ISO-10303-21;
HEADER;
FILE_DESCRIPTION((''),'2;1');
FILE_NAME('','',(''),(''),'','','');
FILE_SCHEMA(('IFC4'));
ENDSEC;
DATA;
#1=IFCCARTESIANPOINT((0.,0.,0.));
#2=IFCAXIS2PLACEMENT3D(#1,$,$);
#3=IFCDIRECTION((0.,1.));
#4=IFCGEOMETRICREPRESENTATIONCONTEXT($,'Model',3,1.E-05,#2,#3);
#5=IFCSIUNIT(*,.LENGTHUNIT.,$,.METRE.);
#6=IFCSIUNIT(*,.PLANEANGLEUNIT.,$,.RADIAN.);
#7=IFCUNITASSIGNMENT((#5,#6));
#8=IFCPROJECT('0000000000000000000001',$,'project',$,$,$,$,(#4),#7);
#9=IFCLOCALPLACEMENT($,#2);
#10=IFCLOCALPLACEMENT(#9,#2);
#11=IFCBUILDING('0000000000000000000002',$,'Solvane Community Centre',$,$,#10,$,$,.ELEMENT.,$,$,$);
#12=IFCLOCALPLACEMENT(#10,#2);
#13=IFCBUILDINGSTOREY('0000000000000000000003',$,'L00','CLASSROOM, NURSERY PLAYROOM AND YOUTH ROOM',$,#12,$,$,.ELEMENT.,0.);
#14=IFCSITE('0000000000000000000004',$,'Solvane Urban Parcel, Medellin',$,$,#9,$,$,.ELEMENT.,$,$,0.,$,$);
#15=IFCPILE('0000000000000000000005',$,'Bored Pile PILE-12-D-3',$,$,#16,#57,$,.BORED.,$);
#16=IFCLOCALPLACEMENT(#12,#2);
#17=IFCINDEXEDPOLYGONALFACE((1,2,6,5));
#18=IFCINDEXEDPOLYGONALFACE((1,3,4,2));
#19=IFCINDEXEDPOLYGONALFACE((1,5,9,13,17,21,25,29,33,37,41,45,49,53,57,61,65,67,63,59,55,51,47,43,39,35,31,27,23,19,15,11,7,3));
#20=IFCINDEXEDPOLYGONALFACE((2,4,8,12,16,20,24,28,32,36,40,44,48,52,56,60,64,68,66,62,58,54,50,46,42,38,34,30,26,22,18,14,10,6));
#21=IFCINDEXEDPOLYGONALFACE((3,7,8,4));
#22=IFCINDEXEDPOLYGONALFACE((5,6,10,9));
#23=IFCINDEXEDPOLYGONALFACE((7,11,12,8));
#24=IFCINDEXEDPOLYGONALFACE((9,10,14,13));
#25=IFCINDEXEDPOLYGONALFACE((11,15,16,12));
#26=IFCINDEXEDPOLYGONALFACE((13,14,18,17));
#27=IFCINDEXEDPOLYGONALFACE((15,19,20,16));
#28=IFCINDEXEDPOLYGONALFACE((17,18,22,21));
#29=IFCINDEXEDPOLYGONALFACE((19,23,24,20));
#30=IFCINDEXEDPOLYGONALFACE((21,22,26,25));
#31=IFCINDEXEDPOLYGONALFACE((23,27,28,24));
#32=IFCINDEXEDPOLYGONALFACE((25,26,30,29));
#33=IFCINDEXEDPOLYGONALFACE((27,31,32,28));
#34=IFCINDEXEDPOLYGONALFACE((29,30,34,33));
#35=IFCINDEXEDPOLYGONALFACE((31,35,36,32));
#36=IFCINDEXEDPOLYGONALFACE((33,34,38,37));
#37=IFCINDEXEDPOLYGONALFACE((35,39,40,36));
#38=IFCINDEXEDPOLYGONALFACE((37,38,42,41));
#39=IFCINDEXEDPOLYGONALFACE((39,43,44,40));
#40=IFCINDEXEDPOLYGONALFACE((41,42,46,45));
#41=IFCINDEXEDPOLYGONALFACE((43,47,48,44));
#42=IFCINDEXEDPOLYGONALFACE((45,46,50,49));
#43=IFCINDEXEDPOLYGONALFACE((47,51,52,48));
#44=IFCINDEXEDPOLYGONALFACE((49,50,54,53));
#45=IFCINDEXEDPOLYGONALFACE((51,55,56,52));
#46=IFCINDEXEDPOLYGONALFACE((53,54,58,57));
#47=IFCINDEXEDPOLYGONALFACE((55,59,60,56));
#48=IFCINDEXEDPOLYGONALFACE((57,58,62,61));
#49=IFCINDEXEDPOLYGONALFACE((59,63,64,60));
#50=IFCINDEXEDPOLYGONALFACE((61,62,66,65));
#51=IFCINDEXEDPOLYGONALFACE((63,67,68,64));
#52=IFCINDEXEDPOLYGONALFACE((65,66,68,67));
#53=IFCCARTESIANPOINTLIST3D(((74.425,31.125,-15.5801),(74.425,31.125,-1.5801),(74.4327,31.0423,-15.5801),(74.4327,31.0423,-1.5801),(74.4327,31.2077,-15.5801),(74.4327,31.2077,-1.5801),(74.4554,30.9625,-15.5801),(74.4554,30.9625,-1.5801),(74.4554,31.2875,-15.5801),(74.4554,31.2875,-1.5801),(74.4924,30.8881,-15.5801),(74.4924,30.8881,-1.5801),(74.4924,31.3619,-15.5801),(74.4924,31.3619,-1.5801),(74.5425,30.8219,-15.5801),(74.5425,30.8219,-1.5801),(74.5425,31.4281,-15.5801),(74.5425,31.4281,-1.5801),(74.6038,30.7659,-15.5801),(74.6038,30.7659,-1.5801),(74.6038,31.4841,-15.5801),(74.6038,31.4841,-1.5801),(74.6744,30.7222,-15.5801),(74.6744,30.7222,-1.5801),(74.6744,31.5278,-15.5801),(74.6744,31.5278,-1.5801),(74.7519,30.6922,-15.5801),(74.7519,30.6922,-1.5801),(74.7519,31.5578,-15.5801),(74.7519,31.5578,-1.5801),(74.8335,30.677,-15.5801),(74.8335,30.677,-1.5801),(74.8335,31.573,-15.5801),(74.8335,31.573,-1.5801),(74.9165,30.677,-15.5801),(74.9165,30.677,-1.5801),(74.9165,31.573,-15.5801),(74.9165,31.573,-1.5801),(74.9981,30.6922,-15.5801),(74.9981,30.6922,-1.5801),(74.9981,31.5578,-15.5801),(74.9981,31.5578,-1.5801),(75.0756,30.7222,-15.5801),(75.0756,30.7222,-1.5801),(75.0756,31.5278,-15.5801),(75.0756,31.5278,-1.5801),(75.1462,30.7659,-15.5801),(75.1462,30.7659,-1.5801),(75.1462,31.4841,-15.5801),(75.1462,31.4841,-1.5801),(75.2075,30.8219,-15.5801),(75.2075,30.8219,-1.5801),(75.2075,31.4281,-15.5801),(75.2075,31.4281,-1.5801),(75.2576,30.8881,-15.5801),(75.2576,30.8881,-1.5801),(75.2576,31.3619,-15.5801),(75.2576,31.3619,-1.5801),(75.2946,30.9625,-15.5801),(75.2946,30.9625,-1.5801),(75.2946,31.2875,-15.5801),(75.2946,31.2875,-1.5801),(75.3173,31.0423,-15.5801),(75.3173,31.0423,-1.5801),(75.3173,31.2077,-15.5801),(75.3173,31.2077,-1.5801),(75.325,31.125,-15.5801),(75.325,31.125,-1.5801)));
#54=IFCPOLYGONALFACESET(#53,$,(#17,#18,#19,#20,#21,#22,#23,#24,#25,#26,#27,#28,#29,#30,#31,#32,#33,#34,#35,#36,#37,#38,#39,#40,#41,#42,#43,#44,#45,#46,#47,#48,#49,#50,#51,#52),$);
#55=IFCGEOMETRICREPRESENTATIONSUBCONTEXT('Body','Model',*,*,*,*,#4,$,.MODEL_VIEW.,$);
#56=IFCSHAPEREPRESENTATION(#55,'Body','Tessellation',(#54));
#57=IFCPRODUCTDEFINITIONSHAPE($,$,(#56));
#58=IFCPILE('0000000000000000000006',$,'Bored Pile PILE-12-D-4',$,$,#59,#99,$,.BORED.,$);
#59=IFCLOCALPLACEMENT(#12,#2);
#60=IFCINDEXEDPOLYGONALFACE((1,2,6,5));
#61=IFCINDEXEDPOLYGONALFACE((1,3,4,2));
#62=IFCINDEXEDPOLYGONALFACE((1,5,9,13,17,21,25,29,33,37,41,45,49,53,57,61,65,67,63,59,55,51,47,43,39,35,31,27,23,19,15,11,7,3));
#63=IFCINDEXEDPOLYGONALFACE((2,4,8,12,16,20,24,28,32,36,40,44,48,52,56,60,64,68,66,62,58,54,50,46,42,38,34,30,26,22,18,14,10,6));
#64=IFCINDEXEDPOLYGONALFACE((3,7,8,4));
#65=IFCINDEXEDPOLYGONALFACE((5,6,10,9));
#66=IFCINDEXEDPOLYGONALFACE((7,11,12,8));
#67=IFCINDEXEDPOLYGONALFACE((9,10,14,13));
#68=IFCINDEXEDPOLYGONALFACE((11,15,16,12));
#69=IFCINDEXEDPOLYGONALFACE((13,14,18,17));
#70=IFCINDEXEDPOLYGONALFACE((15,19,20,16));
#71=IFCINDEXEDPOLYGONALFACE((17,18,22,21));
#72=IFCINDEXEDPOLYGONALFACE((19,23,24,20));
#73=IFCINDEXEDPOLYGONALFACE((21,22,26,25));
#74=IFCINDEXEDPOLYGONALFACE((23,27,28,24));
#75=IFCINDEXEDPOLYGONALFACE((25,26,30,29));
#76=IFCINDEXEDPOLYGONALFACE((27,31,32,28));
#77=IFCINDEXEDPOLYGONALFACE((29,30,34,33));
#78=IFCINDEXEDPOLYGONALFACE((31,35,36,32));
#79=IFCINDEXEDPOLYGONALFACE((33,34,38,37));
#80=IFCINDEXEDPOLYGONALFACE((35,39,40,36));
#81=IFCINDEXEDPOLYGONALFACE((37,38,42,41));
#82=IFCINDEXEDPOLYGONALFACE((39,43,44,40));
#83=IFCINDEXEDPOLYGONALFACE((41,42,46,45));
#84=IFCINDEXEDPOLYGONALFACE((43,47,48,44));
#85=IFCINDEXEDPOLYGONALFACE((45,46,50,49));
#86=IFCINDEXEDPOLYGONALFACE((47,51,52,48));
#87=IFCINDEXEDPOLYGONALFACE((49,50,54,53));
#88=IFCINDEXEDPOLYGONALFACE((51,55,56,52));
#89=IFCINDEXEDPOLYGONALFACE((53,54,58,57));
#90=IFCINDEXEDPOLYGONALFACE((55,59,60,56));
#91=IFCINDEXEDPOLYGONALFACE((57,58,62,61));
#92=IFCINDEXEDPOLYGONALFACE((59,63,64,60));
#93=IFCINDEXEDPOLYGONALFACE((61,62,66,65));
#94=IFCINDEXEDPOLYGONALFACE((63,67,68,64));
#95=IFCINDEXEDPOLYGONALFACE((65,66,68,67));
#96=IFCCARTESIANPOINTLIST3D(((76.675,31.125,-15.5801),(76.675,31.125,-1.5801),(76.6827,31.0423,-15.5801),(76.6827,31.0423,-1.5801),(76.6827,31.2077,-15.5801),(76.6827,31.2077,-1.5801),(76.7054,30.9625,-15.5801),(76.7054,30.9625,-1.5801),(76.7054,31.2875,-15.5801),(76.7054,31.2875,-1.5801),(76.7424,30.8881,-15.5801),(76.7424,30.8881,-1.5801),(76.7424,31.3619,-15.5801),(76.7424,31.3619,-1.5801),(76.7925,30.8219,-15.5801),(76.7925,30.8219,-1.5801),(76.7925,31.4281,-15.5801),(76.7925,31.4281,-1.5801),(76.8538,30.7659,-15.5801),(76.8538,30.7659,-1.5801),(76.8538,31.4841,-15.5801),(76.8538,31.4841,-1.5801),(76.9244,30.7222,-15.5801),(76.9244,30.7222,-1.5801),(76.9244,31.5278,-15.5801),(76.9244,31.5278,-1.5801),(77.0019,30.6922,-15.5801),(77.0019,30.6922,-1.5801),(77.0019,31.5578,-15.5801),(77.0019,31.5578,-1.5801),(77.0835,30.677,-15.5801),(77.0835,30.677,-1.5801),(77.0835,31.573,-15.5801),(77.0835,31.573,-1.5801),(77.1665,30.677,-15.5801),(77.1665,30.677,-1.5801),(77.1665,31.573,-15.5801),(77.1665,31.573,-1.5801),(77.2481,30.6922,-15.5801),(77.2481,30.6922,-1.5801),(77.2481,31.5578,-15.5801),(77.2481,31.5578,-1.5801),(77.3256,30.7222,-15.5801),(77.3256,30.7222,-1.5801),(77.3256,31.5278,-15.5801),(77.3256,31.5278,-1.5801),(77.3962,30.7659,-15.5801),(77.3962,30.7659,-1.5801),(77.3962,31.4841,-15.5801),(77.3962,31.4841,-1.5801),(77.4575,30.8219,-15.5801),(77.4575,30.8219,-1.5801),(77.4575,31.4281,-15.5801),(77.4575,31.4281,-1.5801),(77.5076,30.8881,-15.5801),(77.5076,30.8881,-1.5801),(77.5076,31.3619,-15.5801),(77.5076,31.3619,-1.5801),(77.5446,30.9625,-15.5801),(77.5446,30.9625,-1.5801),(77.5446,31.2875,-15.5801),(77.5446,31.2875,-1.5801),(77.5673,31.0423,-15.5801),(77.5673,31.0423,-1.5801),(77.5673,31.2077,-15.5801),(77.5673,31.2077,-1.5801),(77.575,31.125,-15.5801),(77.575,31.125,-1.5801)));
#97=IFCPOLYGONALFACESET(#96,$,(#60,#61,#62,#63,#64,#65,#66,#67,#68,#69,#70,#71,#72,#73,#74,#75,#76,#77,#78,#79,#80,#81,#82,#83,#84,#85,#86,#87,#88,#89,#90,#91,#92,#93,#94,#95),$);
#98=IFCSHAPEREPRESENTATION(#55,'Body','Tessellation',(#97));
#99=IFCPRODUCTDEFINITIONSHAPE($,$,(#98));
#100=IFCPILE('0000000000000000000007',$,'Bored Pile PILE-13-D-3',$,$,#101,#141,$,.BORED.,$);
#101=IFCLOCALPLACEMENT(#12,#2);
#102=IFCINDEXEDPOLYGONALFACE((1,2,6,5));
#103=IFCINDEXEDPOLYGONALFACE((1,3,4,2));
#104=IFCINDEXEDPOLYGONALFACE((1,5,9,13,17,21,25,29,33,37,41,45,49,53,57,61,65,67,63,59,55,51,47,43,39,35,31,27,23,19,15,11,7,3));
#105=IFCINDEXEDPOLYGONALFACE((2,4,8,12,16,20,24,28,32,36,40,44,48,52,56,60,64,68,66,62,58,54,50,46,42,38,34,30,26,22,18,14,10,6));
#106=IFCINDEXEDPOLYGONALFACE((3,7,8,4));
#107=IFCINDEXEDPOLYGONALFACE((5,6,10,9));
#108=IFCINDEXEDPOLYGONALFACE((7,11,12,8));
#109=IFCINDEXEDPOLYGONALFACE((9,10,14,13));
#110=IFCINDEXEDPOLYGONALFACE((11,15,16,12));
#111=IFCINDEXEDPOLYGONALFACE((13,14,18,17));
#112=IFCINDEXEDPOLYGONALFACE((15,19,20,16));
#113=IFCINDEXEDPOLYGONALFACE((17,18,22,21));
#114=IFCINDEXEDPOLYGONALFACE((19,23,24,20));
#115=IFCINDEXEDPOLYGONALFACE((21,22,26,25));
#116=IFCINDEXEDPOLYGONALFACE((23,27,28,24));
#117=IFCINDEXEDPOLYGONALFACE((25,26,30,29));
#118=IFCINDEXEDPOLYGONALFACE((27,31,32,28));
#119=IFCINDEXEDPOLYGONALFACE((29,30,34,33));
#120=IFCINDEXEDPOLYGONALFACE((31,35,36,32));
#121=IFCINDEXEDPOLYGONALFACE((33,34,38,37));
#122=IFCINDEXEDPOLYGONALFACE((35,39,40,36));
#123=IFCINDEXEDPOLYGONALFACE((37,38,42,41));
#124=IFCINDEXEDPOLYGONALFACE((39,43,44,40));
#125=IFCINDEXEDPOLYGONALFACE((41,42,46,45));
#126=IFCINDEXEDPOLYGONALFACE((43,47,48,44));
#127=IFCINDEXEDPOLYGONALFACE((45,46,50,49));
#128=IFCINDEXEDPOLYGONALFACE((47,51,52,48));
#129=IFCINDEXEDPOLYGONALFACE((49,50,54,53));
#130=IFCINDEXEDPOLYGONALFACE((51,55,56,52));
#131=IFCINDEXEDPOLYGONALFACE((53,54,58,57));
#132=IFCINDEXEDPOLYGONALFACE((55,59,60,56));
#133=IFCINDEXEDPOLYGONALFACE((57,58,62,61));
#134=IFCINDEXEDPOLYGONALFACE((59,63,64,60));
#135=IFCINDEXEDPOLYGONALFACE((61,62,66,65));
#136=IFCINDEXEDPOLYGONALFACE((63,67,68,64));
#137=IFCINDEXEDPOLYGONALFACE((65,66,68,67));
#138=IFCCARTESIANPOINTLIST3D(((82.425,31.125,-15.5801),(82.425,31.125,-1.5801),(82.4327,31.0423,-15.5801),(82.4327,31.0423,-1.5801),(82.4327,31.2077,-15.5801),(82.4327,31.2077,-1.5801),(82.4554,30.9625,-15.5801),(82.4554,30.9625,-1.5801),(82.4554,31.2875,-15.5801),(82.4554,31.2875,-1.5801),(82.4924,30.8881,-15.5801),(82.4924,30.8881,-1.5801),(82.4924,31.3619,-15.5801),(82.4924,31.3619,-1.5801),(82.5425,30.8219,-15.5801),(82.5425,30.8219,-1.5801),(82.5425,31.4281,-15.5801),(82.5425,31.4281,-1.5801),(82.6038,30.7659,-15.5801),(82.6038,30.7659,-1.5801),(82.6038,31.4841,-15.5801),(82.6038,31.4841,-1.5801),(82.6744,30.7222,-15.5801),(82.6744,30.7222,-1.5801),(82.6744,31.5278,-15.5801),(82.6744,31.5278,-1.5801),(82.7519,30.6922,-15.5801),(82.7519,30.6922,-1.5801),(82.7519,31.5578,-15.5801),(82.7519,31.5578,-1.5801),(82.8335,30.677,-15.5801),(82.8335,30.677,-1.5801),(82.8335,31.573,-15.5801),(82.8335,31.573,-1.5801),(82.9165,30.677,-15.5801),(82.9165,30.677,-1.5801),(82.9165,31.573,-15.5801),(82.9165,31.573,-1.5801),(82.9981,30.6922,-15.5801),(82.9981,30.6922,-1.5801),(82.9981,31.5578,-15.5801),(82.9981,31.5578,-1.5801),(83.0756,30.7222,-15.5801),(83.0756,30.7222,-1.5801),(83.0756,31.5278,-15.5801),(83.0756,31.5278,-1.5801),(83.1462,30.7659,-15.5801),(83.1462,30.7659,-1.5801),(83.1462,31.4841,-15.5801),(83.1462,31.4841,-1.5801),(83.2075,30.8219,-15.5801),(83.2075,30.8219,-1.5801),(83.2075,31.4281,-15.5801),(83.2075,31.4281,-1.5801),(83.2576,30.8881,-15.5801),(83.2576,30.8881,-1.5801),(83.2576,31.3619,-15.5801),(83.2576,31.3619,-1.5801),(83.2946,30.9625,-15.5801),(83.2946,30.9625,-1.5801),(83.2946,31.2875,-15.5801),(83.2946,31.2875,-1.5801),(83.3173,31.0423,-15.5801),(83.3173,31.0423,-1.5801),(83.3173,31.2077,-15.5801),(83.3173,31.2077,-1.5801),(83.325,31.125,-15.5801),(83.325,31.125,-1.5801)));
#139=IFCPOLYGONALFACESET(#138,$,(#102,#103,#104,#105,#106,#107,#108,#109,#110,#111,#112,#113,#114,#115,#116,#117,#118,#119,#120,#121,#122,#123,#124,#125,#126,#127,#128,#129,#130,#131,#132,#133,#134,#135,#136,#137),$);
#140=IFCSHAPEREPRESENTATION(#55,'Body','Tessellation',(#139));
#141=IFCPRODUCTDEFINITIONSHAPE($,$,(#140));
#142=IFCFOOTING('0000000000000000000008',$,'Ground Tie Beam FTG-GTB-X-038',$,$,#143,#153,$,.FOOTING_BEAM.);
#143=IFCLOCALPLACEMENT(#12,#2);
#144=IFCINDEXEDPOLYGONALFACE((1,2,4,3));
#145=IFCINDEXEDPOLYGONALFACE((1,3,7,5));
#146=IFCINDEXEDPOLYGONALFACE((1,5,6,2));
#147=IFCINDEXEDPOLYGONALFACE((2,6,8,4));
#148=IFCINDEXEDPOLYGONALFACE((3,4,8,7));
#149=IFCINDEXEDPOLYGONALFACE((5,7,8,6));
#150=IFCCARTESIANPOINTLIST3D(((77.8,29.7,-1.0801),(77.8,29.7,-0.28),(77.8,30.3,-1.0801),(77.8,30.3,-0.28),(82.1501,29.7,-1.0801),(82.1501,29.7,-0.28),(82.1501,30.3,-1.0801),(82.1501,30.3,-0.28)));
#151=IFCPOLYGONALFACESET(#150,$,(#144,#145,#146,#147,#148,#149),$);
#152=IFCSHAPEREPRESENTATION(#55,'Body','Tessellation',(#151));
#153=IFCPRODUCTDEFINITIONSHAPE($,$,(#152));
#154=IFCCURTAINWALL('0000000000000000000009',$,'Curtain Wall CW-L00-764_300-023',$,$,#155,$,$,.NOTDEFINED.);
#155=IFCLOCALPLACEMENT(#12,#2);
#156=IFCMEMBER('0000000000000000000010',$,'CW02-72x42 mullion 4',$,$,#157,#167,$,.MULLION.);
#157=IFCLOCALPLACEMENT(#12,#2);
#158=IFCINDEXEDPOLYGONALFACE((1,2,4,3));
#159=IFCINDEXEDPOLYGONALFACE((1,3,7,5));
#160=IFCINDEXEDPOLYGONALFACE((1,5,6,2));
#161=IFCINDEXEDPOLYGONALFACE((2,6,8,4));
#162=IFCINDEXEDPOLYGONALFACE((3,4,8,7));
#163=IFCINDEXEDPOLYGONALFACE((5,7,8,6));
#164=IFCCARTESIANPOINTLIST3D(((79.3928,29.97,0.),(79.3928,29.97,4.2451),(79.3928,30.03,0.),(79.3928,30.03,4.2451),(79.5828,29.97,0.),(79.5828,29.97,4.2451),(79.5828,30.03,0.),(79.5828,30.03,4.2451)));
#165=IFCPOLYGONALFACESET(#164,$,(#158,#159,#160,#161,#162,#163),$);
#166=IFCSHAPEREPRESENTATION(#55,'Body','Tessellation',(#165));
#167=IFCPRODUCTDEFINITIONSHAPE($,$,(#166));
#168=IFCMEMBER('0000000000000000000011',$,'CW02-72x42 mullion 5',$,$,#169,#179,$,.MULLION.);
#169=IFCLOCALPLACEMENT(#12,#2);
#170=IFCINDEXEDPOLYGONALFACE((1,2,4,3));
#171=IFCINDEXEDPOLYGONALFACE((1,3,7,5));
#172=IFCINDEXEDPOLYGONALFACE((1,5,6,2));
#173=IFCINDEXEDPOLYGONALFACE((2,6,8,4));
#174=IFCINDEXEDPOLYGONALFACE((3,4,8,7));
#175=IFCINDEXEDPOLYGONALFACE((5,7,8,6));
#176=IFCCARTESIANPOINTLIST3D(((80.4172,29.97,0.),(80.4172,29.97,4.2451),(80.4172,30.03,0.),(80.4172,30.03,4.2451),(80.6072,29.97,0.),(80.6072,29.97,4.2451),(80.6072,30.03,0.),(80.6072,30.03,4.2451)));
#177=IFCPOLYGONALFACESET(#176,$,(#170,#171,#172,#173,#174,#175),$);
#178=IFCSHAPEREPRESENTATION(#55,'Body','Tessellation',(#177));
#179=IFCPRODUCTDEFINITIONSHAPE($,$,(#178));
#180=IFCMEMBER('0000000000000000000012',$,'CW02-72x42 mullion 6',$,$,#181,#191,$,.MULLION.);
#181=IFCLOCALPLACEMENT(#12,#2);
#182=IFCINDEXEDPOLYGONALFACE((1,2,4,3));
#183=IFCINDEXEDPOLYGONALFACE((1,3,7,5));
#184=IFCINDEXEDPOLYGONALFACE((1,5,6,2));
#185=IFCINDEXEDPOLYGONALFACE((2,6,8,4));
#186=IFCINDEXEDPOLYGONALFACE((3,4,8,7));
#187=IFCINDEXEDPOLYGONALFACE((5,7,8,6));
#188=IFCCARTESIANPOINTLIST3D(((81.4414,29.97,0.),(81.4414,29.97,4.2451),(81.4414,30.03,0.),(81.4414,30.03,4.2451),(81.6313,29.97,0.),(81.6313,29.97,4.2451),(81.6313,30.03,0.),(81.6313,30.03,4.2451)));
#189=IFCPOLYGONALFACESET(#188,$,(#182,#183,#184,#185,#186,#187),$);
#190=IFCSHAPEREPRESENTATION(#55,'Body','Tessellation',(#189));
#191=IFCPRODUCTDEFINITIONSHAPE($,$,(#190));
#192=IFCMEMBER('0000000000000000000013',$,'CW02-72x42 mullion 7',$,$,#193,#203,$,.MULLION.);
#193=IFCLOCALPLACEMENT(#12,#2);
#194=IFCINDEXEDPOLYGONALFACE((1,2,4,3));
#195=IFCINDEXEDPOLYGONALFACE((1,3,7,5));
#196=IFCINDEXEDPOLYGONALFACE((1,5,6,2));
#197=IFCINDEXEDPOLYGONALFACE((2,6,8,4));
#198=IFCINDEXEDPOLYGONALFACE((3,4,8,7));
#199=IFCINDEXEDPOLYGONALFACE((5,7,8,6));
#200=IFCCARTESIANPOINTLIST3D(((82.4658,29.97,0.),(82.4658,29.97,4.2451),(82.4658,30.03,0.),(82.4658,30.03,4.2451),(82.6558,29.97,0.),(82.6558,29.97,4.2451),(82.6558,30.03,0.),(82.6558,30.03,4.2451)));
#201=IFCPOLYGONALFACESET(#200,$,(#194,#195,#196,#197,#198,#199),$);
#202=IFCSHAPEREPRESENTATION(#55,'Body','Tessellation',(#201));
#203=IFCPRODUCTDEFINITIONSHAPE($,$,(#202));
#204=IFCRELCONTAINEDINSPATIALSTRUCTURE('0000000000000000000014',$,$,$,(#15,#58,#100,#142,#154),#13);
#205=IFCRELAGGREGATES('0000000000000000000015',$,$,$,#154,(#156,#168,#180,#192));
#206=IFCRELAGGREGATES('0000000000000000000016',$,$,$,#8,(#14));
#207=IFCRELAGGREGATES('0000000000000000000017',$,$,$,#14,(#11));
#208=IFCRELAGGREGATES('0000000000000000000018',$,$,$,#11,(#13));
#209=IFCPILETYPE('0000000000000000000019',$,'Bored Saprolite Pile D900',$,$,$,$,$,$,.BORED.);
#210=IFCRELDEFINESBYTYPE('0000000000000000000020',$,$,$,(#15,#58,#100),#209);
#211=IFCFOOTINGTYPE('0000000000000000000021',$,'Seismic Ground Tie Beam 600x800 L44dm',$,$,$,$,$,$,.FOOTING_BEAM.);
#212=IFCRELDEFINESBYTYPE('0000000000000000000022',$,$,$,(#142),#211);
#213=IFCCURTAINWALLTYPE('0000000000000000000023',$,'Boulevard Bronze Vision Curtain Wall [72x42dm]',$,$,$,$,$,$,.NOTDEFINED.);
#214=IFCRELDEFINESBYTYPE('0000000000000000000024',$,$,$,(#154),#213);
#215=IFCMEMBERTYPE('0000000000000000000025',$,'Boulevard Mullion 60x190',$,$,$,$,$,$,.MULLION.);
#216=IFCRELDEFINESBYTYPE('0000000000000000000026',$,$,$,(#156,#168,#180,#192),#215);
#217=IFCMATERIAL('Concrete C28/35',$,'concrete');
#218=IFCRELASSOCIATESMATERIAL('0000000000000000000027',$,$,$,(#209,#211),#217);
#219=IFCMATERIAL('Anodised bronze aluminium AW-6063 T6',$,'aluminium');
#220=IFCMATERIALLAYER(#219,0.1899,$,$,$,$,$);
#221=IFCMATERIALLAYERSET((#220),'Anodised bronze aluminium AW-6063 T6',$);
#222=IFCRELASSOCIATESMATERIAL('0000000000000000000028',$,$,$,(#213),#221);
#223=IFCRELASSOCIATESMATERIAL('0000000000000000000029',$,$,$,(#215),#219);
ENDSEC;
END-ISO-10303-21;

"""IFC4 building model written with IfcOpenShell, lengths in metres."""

from ifc_helpers import new_model, si_unit, direction, frame, origin, origin_2d, place, context, subcontext, project, spatial, rectangle, circle, extrude, material, layer, layer_set, material_profile, profile_set, type_object, element, aggregate, save


model = new_model("IFC4")

# Units and contexts
model_context = context("Model", 3, precision=1e-05, world=origin(), true_north=direction((0.0, 1.0)))
body_context = subcontext(model_context, "Body", "Model", "MODEL_VIEW")
ifc_project = project(units=[si_unit("LENGTHUNIT", "METRE"), si_unit("PLANEANGLEUNIT", "RADIAN")], contexts=[model_context])

# Site, building, storey
site_placement = place(None, origin())
site = spatial("IfcSite", under=ifc_project, at=site_placement, Name="Solvane Urban Parcel, Medellin", CompositionType="ELEMENT", RefElevation=0.0)
building_placement = place(site_placement, origin())
building = spatial("IfcBuilding", under=site, at=building_placement, Name="Solvane Community Centre", CompositionType="ELEMENT")
storey_placement = place(building_placement, origin())
storey = spatial("IfcBuildingStorey", under=building, at=storey_placement, Name="L00", Description="CLASSROOM, NURSERY PLAYROOM AND YOUTH ROOM", CompositionType="ELEMENT", Elevation=0.0)

# Piles
ifc_material_1 = material(Name="Concrete C28/35", Category="concrete")
ifc_material_profile_1 = material_profile(ifc_material_1, circle(Radius=0.45, at=origin_2d()), Name="PILE D900")
ifc_profile_set_1 = profile_set([ifc_material_profile_1], Name="Concrete C28/35")
pile_type = type_object("IfcPileType", Name="Bored Saprolite Pile D900", PredefinedType="BORED", material=ifc_profile_set_1)
for number, where, z_axis, x_axis, name in (
    (1, (74.875, 31.125, -1.5801), (0.0, 0.0, -1.0), (1.0, 0.0, 0.0), "Bored Pile PILE-12-D-3"),
    (2, (77.125, 31.125, -1.5801), (0.0, 0.0, -1.0), (1.0, 0.0, 0.0), "Bored Pile PILE-12-D-4"),
    (3, (82.875, 31.125, -1.5801), (0.0, 0.0, -1.0), (1.0, 0.0, 0.0), "Bored Pile PILE-13-D-3"),
):
    element("IfcPile", number, at=place(storey_placement, frame(where, z_axis=z_axis, x_axis=x_axis)), inside=storey, type_object=pile_type, Name=name, PredefinedType="BORED", context=body_context, shape_type="SweptSolid", body=[
        extrude(circle(Radius=0.45, at=origin_2d()), origin(), (0.0, 0.0, 1.0), 14.0),
    ])

# Footing
footing_type = type_object("IfcFootingType", Name="Seismic Ground Tie Beam 600x800 L44dm", PredefinedType="FOOTING_BEAM", material=ifc_material_1)
footing_placement = place(storey_placement, frame((79.9751, 30.0, -1.0801), z_axis=(0.0, 0.0, 1.0), x_axis=(1.0, 0.0, 0.0)))
element("IfcFooting", 4, at=footing_placement, inside=storey, type_object=footing_type, Name="Ground Tie Beam FTG-GTB-X-038", PredefinedType="FOOTING_BEAM", context=body_context, shape_type="SweptSolid", body=[
    extrude(rectangle(XDim=4.3501, YDim=0.6001, at=origin_2d()), origin(), (0.0, 0.0, 1.0), 0.8),
])

# Curtain wall, members
ifc_material_2 = material(Name="Anodised bronze aluminium AW-6063 T6", Category="aluminium")
ifc_layer_1 = layer(ifc_material_2, 0.1899)
ifc_layer_set_1 = layer_set([ifc_layer_1], Name="Anodised bronze aluminium AW-6063 T6")
curtain_wall_type = type_object("IfcCurtainWallType", Name="Boulevard Bronze Vision Curtain Wall [72x42dm]", PredefinedType="NOTDEFINED", material=ifc_layer_set_1)
curtain_wall_placement = place(storey_placement, origin())
curtain_wall = element("IfcCurtainWall", 5, at=curtain_wall_placement, inside=storey, type_object=curtain_wall_type, Name="Curtain Wall CW-L00-764_300-023", PredefinedType="NOTDEFINED")
ifc_material_profile_2 = material_profile(ifc_material_2, rectangle(XDim=0.0601, YDim=0.1899, at=origin_2d()), Name="CW-M 60x190")
ifc_profile_set_2 = profile_set([ifc_material_profile_2], Name="Anodised bronze aluminium AW-6063 T6")
member_type_1 = type_object("IfcMemberType", Name="Boulevard Mullion 60x190", PredefinedType="MULLION", material=ifc_profile_set_2)
member_1_placement = place(storey_placement, frame((79.4878, 30.0, 0.0), z_axis=(0.0, 0.0, 1.0), x_axis=(0.0, 1.0, 0.0)))
member_1 = element("IfcMember", 6, at=member_1_placement, type_object=member_type_1, Name="CW02-72x42 mullion 4", PredefinedType="MULLION", context=body_context, shape_type="SweptSolid", body=[
    extrude(rectangle(XDim=0.0601, YDim=0.1899, at=origin_2d()), origin(), (0.0, 0.0, 1.0), 4.2451),
])
member_2_placement = place(storey_placement, frame((80.5122, 30.0, 0.0), z_axis=(0.0, 0.0, 1.0), x_axis=(0.0, 1.0, 0.0)))
member_2 = element("IfcMember", 7, at=member_2_placement, type_object=member_type_1, Name="CW02-72x42 mullion 5", PredefinedType="MULLION", context=body_context, shape_type="SweptSolid", body=[
    extrude(rectangle(XDim=0.0601, YDim=0.1899, at=origin_2d()), origin(), (0.0, 0.0, 1.0), 4.2451),
])
member_3_placement = place(storey_placement, frame((81.5364, 30.0, 0.0), z_axis=(0.0, 0.0, 1.0), x_axis=(0.0, 1.0, 0.0)))
member_3 = element("IfcMember", 8, at=member_3_placement, type_object=member_type_1, Name="CW02-72x42 mullion 6", PredefinedType="MULLION", context=body_context, shape_type="SweptSolid", body=[
    extrude(rectangle(XDim=0.0601, YDim=0.1899, at=origin_2d()), origin(), (0.0, 0.0, 1.0), 4.2451),
])
member_4_placement = place(storey_placement, frame((82.5608, 30.0, 0.0), z_axis=(0.0, 0.0, 1.0), x_axis=(0.0, 1.0, 0.0)))
member_4 = element("IfcMember", 9, at=member_4_placement, type_object=member_type_1, Name="CW02-72x42 mullion 7", PredefinedType="MULLION", context=body_context, shape_type="SweptSolid", body=[
    extrude(rectangle(XDim=0.0601, YDim=0.1899, at=origin_2d()), origin(), (0.0, 0.0, 1.0), 4.2451),
])

aggregate(curtain_wall, [member_1, member_2, member_3, member_4])

save(model, "model.ifc")
